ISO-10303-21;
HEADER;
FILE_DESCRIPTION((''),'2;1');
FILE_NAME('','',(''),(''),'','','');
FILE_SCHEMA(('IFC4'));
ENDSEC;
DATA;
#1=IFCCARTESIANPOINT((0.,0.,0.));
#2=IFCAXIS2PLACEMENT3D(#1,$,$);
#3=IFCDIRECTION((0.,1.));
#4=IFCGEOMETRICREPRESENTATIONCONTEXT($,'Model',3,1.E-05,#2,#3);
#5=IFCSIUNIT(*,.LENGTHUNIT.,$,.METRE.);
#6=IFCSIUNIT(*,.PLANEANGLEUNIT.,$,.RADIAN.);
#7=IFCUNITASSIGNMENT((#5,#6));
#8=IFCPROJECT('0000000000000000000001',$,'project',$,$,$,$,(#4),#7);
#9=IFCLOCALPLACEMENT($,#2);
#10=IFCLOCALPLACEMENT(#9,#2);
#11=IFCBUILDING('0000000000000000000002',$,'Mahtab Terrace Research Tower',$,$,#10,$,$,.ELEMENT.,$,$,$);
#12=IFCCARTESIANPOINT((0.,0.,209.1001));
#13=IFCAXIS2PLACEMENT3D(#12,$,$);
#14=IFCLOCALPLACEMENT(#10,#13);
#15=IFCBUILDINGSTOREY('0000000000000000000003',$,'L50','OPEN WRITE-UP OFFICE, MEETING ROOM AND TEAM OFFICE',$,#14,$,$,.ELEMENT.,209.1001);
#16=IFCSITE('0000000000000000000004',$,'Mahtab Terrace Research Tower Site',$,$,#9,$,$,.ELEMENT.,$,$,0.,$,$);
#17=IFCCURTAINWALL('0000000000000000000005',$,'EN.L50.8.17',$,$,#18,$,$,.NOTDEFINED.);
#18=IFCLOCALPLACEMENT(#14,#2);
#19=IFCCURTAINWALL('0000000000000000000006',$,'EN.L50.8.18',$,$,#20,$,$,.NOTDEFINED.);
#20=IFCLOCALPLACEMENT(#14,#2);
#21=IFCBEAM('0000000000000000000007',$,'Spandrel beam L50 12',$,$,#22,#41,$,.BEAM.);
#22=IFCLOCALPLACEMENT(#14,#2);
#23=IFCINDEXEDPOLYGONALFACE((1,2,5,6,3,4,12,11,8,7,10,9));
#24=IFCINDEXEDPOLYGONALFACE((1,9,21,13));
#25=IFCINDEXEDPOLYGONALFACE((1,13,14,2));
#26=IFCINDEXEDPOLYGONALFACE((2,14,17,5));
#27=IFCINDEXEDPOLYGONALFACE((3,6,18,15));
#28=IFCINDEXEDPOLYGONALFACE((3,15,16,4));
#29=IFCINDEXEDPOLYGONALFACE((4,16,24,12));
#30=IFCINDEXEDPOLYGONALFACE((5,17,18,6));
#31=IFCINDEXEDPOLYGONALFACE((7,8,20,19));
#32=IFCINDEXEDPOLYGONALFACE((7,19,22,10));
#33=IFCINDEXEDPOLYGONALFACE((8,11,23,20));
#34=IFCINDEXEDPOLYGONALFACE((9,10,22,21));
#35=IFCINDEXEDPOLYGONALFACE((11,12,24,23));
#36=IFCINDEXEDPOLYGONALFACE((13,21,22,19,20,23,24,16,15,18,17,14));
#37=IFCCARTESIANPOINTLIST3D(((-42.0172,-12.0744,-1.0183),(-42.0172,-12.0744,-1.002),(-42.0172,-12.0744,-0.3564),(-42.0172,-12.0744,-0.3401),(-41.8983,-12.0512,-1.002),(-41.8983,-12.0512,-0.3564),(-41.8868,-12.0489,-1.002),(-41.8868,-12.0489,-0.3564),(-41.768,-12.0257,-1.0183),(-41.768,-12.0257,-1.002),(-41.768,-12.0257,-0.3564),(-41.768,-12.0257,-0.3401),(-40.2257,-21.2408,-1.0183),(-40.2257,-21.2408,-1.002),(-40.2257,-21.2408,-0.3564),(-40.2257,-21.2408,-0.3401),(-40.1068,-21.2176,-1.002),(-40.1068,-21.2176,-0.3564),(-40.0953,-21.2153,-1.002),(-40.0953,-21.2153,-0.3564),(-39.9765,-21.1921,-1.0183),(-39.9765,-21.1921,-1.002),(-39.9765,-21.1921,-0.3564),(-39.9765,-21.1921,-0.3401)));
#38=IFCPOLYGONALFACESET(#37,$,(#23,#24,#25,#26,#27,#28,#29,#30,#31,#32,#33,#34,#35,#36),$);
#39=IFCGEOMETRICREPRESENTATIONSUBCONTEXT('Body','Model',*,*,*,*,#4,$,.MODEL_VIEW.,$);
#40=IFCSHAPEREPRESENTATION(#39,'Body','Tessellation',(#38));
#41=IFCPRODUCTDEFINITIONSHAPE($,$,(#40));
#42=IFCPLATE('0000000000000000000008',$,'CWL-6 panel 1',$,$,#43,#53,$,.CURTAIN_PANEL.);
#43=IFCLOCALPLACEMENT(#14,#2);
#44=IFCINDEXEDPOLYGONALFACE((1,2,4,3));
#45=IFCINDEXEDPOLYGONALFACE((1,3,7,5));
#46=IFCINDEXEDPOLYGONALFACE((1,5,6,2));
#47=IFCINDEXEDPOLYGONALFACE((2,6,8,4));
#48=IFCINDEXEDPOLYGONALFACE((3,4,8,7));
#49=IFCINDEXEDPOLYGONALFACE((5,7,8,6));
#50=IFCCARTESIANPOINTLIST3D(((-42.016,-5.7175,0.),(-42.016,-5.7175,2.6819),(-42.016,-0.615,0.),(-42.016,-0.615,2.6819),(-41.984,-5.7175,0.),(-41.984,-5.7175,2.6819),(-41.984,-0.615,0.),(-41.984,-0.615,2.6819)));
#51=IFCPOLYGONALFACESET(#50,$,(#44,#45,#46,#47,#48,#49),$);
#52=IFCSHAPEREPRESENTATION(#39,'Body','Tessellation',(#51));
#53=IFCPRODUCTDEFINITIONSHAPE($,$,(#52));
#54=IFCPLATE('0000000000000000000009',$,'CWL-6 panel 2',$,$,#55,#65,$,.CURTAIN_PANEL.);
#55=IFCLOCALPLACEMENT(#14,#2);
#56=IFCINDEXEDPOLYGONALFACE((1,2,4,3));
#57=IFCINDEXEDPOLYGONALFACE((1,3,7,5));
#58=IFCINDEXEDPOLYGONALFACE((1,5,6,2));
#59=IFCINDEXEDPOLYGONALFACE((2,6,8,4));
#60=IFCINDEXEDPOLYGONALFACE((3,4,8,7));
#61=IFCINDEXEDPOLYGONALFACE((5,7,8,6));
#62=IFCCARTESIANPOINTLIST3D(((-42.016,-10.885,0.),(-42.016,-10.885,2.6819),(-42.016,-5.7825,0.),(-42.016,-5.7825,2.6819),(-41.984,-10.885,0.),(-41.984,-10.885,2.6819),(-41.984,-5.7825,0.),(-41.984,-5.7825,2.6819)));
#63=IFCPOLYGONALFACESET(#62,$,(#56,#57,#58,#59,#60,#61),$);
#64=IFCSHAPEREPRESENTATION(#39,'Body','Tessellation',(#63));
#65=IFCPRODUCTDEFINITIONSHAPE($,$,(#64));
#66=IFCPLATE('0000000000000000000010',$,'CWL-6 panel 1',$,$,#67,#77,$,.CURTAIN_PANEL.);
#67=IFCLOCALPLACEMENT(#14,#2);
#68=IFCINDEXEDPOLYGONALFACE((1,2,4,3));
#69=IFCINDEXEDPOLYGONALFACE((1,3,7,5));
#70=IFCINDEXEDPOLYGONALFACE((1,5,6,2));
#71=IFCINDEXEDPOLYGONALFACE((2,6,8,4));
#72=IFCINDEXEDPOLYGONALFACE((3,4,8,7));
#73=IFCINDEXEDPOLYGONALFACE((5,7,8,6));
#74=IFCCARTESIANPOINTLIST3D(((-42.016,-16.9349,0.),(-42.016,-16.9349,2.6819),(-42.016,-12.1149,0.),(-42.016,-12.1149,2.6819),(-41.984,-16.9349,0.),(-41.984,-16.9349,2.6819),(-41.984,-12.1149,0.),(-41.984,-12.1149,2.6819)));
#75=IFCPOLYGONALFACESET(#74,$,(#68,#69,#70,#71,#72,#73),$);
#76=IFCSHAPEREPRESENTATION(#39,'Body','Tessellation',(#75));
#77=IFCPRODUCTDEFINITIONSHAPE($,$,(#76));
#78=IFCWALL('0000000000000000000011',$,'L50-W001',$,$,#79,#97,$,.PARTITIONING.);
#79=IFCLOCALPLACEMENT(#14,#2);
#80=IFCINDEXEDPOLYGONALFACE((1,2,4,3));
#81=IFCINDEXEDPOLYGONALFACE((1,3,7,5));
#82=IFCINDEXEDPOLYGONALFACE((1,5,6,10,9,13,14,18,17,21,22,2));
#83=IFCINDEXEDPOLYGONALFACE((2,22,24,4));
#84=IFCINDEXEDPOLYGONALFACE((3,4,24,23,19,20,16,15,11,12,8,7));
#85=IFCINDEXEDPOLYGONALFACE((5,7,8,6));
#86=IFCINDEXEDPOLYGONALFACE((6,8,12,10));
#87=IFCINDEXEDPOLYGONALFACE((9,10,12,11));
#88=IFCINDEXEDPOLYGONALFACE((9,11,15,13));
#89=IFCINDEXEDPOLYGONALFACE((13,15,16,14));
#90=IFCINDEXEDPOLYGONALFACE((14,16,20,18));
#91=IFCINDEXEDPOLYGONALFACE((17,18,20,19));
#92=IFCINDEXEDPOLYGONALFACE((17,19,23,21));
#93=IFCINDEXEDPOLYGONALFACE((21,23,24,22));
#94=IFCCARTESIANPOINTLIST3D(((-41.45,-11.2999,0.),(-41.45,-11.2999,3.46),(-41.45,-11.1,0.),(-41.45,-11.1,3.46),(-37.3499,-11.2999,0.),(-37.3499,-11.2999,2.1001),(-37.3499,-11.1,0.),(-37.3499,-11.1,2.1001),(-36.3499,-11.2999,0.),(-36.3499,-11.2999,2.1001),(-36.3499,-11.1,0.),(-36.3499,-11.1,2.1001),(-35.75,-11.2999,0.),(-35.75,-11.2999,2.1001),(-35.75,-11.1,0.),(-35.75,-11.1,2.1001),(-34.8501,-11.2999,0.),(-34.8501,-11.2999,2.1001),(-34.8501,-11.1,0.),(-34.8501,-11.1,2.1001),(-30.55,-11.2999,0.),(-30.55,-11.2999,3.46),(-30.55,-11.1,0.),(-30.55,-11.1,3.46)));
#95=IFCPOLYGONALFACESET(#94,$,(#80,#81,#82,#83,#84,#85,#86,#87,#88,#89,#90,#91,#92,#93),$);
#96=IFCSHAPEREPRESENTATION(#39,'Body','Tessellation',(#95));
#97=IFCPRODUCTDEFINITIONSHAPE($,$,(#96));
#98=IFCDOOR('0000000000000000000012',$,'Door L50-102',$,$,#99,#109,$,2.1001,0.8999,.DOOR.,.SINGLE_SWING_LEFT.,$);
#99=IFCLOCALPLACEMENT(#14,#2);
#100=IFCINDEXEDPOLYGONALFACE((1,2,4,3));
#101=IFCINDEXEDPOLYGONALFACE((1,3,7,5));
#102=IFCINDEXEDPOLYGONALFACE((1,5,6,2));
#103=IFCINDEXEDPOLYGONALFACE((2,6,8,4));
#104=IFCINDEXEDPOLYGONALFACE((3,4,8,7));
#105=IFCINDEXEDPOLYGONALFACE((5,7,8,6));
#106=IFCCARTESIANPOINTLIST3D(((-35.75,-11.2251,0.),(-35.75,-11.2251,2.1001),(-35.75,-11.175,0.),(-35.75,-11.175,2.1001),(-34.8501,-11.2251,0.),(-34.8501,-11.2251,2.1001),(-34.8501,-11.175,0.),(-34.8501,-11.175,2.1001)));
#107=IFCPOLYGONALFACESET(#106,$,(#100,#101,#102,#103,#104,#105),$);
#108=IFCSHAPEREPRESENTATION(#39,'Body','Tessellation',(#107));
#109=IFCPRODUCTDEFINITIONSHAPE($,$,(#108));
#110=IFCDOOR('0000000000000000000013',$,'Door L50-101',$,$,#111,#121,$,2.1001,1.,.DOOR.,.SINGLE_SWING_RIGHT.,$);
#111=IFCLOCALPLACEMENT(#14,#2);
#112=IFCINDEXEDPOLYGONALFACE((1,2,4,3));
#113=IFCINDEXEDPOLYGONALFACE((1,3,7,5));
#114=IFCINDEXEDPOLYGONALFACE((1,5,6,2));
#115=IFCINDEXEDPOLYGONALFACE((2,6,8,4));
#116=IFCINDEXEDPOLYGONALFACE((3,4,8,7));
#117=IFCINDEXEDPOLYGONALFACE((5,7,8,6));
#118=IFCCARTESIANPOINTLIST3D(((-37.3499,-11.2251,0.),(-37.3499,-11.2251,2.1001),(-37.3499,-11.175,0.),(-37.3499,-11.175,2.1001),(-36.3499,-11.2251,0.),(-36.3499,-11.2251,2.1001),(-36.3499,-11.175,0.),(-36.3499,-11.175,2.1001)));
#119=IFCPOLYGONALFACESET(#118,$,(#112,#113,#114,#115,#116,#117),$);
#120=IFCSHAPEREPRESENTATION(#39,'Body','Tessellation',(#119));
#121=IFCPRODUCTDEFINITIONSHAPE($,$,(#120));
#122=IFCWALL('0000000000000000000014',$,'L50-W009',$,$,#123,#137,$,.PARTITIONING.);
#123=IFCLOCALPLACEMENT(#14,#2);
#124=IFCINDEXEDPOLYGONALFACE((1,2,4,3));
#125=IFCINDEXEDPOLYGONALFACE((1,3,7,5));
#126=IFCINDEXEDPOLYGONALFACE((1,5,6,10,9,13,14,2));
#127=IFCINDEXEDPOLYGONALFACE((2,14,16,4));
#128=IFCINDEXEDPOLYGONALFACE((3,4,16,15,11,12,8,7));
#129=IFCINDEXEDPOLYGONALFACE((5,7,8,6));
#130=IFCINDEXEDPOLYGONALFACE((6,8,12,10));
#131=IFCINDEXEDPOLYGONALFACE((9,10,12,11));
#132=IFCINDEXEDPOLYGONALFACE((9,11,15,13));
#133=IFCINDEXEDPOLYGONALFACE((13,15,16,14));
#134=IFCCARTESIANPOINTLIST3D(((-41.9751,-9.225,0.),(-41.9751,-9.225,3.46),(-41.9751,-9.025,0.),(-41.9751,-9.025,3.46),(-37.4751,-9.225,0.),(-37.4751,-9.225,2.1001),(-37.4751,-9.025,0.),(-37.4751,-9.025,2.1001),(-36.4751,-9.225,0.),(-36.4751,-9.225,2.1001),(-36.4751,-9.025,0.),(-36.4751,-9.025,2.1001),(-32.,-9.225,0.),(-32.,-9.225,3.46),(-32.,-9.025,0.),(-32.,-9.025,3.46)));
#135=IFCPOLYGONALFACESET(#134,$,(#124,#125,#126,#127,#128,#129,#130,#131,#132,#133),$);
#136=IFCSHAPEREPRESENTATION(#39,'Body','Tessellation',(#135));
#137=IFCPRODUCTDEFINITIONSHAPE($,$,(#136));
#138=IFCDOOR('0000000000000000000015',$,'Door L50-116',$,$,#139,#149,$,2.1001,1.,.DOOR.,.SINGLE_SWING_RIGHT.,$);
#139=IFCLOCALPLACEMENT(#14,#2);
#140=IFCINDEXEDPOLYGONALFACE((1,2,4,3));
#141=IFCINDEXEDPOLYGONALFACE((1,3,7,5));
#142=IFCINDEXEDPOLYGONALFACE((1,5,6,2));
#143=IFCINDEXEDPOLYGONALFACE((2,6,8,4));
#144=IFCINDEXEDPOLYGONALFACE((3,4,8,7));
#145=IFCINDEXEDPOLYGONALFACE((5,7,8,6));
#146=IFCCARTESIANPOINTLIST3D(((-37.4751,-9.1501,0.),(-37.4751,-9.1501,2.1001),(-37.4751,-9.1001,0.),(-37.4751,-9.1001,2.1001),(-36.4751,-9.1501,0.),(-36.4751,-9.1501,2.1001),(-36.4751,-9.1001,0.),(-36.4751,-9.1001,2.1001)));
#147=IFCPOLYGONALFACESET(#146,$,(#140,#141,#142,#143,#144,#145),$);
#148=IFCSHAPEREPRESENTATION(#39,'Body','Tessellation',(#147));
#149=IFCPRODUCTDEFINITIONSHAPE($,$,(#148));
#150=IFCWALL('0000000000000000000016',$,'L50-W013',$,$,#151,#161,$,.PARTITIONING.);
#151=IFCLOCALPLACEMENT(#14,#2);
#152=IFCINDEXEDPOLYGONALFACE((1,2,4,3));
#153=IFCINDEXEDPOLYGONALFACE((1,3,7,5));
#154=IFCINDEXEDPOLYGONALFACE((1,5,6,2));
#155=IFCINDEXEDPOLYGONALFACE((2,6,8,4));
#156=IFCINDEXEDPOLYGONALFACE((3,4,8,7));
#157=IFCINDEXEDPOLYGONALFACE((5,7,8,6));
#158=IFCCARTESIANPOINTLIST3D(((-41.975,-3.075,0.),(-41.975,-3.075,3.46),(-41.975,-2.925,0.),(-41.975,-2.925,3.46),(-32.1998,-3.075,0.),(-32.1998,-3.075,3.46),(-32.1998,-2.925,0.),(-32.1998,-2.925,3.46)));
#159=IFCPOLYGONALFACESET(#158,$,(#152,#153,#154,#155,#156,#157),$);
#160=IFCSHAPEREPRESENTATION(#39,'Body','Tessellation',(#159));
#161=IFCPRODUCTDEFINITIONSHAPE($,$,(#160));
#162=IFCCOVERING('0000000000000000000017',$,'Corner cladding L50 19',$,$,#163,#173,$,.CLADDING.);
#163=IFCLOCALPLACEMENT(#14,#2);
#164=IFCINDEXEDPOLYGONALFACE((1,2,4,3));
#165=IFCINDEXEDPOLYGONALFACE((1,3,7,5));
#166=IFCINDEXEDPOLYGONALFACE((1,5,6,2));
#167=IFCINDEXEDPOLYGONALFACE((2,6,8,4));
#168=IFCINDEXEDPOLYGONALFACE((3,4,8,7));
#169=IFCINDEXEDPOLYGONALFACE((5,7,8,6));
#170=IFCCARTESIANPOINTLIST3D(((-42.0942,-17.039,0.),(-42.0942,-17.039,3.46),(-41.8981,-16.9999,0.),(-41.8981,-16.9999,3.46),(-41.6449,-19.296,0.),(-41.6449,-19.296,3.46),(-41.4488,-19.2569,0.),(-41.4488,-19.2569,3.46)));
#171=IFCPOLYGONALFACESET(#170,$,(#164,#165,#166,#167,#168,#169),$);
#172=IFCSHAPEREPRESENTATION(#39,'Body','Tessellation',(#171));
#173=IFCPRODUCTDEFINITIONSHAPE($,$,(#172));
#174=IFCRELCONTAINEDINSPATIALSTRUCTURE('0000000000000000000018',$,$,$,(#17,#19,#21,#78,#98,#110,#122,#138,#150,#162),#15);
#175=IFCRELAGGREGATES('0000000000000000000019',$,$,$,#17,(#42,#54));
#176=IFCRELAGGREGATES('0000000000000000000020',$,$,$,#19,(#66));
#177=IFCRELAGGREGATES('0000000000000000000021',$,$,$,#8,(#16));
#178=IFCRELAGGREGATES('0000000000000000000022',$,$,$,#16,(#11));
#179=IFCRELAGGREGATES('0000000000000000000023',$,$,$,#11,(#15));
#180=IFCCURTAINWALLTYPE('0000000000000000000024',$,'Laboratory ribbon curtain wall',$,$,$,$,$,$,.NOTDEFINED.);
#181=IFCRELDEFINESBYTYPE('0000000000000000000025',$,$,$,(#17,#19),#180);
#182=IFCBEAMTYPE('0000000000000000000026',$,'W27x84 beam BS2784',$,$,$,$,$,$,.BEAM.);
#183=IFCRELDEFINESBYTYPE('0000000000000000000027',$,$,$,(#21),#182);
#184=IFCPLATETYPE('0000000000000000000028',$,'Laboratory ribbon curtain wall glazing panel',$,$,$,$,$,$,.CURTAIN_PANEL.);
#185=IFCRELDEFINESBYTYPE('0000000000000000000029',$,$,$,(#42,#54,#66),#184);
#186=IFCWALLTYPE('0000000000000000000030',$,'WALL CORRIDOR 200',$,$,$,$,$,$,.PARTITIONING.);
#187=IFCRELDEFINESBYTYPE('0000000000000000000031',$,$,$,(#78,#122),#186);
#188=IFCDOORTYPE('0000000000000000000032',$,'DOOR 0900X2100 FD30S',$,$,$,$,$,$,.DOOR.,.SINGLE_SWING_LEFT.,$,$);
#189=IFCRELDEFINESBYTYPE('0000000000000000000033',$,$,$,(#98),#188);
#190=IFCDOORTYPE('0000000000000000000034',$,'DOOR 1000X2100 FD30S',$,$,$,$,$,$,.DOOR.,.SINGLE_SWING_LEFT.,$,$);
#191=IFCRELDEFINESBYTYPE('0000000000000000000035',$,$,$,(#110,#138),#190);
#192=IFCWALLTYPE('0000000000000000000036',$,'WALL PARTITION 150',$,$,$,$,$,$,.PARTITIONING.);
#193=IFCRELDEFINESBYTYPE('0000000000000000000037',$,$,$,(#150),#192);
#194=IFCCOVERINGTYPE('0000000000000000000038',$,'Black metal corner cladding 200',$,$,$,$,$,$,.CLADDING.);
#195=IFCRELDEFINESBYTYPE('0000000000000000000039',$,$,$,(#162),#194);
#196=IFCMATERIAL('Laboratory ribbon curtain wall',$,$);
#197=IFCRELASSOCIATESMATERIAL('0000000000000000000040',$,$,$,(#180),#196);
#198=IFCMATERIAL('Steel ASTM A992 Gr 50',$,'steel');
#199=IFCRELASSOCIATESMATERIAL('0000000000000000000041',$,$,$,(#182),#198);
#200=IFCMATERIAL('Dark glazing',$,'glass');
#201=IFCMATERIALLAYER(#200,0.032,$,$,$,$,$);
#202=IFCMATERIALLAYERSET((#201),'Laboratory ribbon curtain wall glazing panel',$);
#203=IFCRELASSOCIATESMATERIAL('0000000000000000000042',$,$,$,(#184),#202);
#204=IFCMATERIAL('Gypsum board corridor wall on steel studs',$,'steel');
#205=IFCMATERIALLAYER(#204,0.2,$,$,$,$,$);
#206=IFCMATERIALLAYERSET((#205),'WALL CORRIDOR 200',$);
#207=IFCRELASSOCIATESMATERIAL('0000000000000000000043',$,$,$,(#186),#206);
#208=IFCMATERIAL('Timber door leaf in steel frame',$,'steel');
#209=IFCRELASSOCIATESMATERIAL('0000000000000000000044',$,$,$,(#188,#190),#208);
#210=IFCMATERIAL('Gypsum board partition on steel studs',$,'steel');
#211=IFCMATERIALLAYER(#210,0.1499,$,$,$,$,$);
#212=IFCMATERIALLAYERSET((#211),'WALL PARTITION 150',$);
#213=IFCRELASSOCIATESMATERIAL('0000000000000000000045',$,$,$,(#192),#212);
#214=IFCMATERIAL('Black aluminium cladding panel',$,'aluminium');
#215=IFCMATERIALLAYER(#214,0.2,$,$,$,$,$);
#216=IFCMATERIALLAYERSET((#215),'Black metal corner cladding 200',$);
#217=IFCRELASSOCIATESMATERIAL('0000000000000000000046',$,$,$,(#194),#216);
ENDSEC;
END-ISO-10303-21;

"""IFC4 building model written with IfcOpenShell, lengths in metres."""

from ifc_helpers import new_model, si_unit, direction, frame, frame_2d, origin, origin_2d, place, context, subcontext, project, spatial, rectangle, i_section, extrude, material, layer, layer_set, material_profile, profile_set, type_object, element, fill, aggregate, save


model = new_model("IFC4")

# Units and contexts
model_context = context("Model", 3, precision=1e-05, world=origin(), true_north=direction((0.0, 1.0)))
body_context = subcontext(model_context, "Body", "Model", "MODEL_VIEW")
ifc_project = project(units=[si_unit("LENGTHUNIT", "METRE"), si_unit("PLANEANGLEUNIT", "RADIAN")], contexts=[model_context])

# Site, building, storey
site_placement = place(None, origin())
site = spatial("IfcSite", under=ifc_project, at=site_placement, Name="Mahtab Terrace Research Tower Site", CompositionType="ELEMENT", RefElevation=0.0)
building_placement = place(site_placement, origin())
building = spatial("IfcBuilding", under=site, at=building_placement, Name="Mahtab Terrace Research Tower", CompositionType="ELEMENT")
storey_placement = place(building_placement, frame((0.0, 0.0, 209.1001)))
storey = spatial("IfcBuildingStorey", under=building, at=storey_placement, Name="L50", Description="OPEN WRITE-UP OFFICE, MEETING ROOM AND TEAM OFFICE", CompositionType="ELEMENT", Elevation=209.1001)

# Shared definitions
ifc_material_1 = material(Name="Steel ASTM A992 Gr 50", Category="steel")

# Curtain walls
ifc_material_2 = material(Name="Laboratory ribbon curtain wall")
curtain_wall_type = type_object("IfcCurtainWallType", Name="Laboratory ribbon curtain wall", PredefinedType="NOTDEFINED", material=ifc_material_2)
curtain_wall_1_placement = place(storey_placement, origin())
curtain_wall_1 = element("IfcCurtainWall", 1, at=curtain_wall_1_placement, inside=storey, type_object=curtain_wall_type, Name="EN.L50.8.17", PredefinedType="NOTDEFINED")
curtain_wall_2_placement = place(storey_placement, origin())
curtain_wall_2 = element("IfcCurtainWall", 2, at=curtain_wall_2_placement, inside=storey, type_object=curtain_wall_type, Name="EN.L50.8.18", PredefinedType="NOTDEFINED")

# Beam
ifc_material_profile_1 = material_profile(ifc_material_1, i_section(OverallWidth=0.2539, OverallDepth=0.6782, WebThickness=0.0117, FlangeThickness=0.0164, at=origin_2d()), Name="W27X84")
ifc_profile_set_1 = profile_set([ifc_material_profile_1], Name="Steel ASTM A992 Gr 50")
beam_type = type_object("IfcBeamType", Name="W27x84 beam BS2784", PredefinedType="BEAM", material=ifc_profile_set_1)
beam_1_placement = place(storey_placement, frame((-41.8926, -12.05, -0.6792), z_axis=(0.191811, -0.981432, 0.0), x_axis=(0.981432, 0.191811, 0.0)))
element("IfcBeam", 3, at=beam_1_placement, inside=storey, type_object=beam_type, Name="Spandrel beam L50 12", PredefinedType="BEAM", context=body_context, shape_type="SweptSolid", body=[
    extrude(i_section(OverallWidth=0.2539, OverallDepth=0.6782, WebThickness=0.0117, FlangeThickness=0.0164, at=origin_2d()), origin(), (0.0, 0.0, 1.0), 9.3398),
])

# Plates
ifc_material_3 = material(Name="Dark glazing", Category="glass")
ifc_layer_1 = layer(ifc_material_3, 0.032)
ifc_layer_set_1 = layer_set([ifc_layer_1], Name="Laboratory ribbon curtain wall glazing panel")
plate_type = type_object("IfcPlateType", Name="Laboratory ribbon curtain wall glazing panel", PredefinedType="CURTAIN_PANEL", material=ifc_layer_set_1)
plate_1_placement = place(storey_placement, frame((-42.0, -3.1663, 0.0), z_axis=(0.0, 0.0, 1.0), x_axis=(0.0, -1.0, 0.0)))
plate_1 = element("IfcPlate", 4, at=plate_1_placement, type_object=plate_type, Name="CWL-6 panel 1", PredefinedType="CURTAIN_PANEL", context=body_context, shape_type="SweptSolid", body=[
    extrude(rectangle(XDim=5.1025, YDim=0.032, at=origin_2d()), origin(), (0.0, 0.0, 1.0), 2.6819),
])
plate_2_placement = place(storey_placement, frame((-42.0, -8.3337, 0.0), z_axis=(0.0, 0.0, 1.0), x_axis=(0.0, -1.0, 0.0)))
plate_2 = element("IfcPlate", 5, at=plate_2_placement, type_object=plate_type, Name="CWL-6 panel 2", PredefinedType="CURTAIN_PANEL", context=body_context, shape_type="SweptSolid", body=[
    extrude(rectangle(XDim=5.1025, YDim=0.032, at=origin_2d()), origin(), (0.0, 0.0, 1.0), 2.6819),
])
aggregate(curtain_wall_1, [plate_1, plate_2])
plate_3_placement = place(storey_placement, frame((-42.0, -14.5249, 0.0), z_axis=(0.0, 0.0, 1.0), x_axis=(0.0, -1.0, 0.0)))
plate_3 = element("IfcPlate", 6, at=plate_3_placement, type_object=plate_type, Name="CWL-6 panel 1", PredefinedType="CURTAIN_PANEL", context=body_context, shape_type="SweptSolid", body=[
    extrude(rectangle(XDim=4.8201, YDim=0.032, at=origin_2d()), origin(), (0.0, 0.0, 1.0), 2.6819),
])
aggregate(curtain_wall_2, [plate_3])

# Wall, openings, doors
ifc_material_4 = material(Name="Gypsum board corridor wall on steel studs", Category="steel")
ifc_layer_2 = layer(ifc_material_4, 0.2)
ifc_layer_set_2 = layer_set([ifc_layer_2], Name="WALL CORRIDOR 200")
wall_type_1 = type_object("IfcWallType", Name="WALL CORRIDOR 200", PredefinedType="PARTITIONING", material=ifc_layer_set_2)
wall_1_placement = place(storey_placement, frame((-41.45, -11.2, 0.0), z_axis=(0.0, 0.0, 1.0), x_axis=(1.0, 0.0, 0.0)))
wall_1 = element("IfcWall", 7, at=wall_1_placement, inside=storey, type_object=wall_type_1, Name="L50-W001", PredefinedType="PARTITIONING", context=body_context, shape_type="SweptSolid", body=[
    extrude(rectangle(XDim=10.8999, YDim=0.2, at=frame_2d((5.45, 0.0))), origin(), (0.0, 0.0, 1.0), 3.46),
])
opening_1_placement = place(wall_1_placement, frame((4.1001, 0.0, 0.0)))
opening_1 = element("IfcOpeningElement", 8, at=opening_1_placement, cuts=wall_1, PredefinedType="OPENING", context=body_context, shape_type="SweptSolid", body=[
    extrude(rectangle(XDim=1.0, YDim=2.1001, at=frame_2d((0.5, 1.05))), frame((0.0, 0.1099, 0.0), z_axis=(0.0, -1.0, 0.0), x_axis=(1.0, 0.0, 0.0)), (0.0, 0.0, 1.0), 0.22),
])
opening_2_placement = place(wall_1_placement, frame((5.7, 0.0, 0.0)))
opening_2 = element("IfcOpeningElement", 9, at=opening_2_placement, cuts=wall_1, PredefinedType="OPENING", context=body_context, shape_type="SweptSolid", body=[
    extrude(rectangle(XDim=0.8999, YDim=2.1001, at=frame_2d((0.45, 1.05))), frame((0.0, 0.1099, 0.0), z_axis=(0.0, -1.0, 0.0), x_axis=(1.0, 0.0, 0.0)), (0.0, 0.0, 1.0), 0.22),
])
ifc_material_5 = material(Name="Timber door leaf in steel frame", Category="steel")
door_type_1 = type_object("IfcDoorType", Name="DOOR 0900X2100 FD30S", OperationType="SINGLE_SWING_LEFT", PredefinedType="DOOR", material=ifc_material_5)
door_1_placement = place(opening_2_placement, origin())
door_1 = element("IfcDoor", 10, at=door_1_placement, inside=storey, type_object=door_type_1, Name="Door L50-102", OperationType="SINGLE_SWING_LEFT", OverallHeight=2.1001, OverallWidth=0.8999, PredefinedType="DOOR", context=body_context, shape_type="SweptSolid", body=[
    extrude(rectangle(XDim=0.8999, YDim=2.1001, at=frame_2d((0.45, 1.05))), frame((0.0, 0.0249, 0.0), z_axis=(0.0, -1.0, 0.0), x_axis=(1.0, 0.0, 0.0)), (0.0, 0.0, 1.0), 0.05),
])
fill(opening_2, door_1)
door_type_2 = type_object("IfcDoorType", Name="DOOR 1000X2100 FD30S", OperationType="SINGLE_SWING_LEFT", PredefinedType="DOOR", material=ifc_material_5)
door_2_placement = place(opening_1_placement, origin())
door_2 = element("IfcDoor", 11, at=door_2_placement, inside=storey, type_object=door_type_2, Name="Door L50-101", OperationType="SINGLE_SWING_RIGHT", OverallHeight=2.1001, OverallWidth=1.0, PredefinedType="DOOR", context=body_context, shape_type="SweptSolid", body=[
    extrude(rectangle(XDim=1.0, YDim=2.1001, at=frame_2d((0.5, 1.05))), frame((0.0, 0.0249, 0.0), z_axis=(0.0, -1.0, 0.0), x_axis=(1.0, 0.0, 0.0)), (0.0, 0.0, 1.0), 0.05),
])
fill(opening_1, door_2)

# Wall, opening, door
wall_2_placement = place(storey_placement, frame((-41.9751, -9.125, 0.0), z_axis=(0.0, 0.0, 1.0), x_axis=(1.0, 0.0, 0.0)))
wall_2 = element("IfcWall", 12, at=wall_2_placement, inside=storey, type_object=wall_type_1, Name="L50-W009", PredefinedType="PARTITIONING", context=body_context, shape_type="SweptSolid", body=[
    extrude(rectangle(XDim=9.9751, YDim=0.2, at=frame_2d((4.9875, 0.0))), origin(), (0.0, 0.0, 1.0), 3.46),
])
opening_3_placement = place(wall_2_placement, frame((4.5, 0.0, 0.0)))
opening_3 = element("IfcOpeningElement", 13, at=opening_3_placement, cuts=wall_2, PredefinedType="OPENING", context=body_context, shape_type="SweptSolid", body=[
    extrude(rectangle(XDim=1.0, YDim=2.1001, at=frame_2d((0.5, 1.05))), frame((0.0, 0.1099, 0.0), z_axis=(0.0, -1.0, 0.0), x_axis=(1.0, 0.0, 0.0)), (0.0, 0.0, 1.0), 0.22),
])
door_3_placement = place(opening_3_placement, origin())
door_3 = element("IfcDoor", 14, at=door_3_placement, inside=storey, type_object=door_type_2, Name="Door L50-116", OperationType="SINGLE_SWING_RIGHT", OverallHeight=2.1001, OverallWidth=1.0, PredefinedType="DOOR", context=body_context, shape_type="SweptSolid", body=[
    extrude(rectangle(XDim=1.0, YDim=2.1001, at=frame_2d((0.5, 1.05))), frame((0.0, 0.0249, 0.0), z_axis=(0.0, -1.0, 0.0), x_axis=(1.0, 0.0, 0.0)), (0.0, 0.0, 1.0), 0.05),
])
fill(opening_3, door_3)

# Wall
ifc_material_6 = material(Name="Gypsum board partition on steel studs", Category="steel")
ifc_layer_3 = layer(ifc_material_6, 0.1499)
ifc_layer_set_3 = layer_set([ifc_layer_3], Name="WALL PARTITION 150")
wall_type_2 = type_object("IfcWallType", Name="WALL PARTITION 150", PredefinedType="PARTITIONING", material=ifc_layer_set_3)
wall_3_placement = place(storey_placement, frame((-41.9751, -3.0, 0.0), z_axis=(0.0, 0.0, 1.0), x_axis=(1.0, 0.0, 0.0)))
element("IfcWall", 15, at=wall_3_placement, inside=storey, type_object=wall_type_2, Name="L50-W013", PredefinedType="PARTITIONING", context=body_context, shape_type="SweptSolid", body=[
    extrude(rectangle(XDim=9.7751, YDim=0.1499, at=frame_2d((4.8877, 0.0))), origin(), (0.0, 0.0, 1.0), 3.46),
])

# Covering
ifc_material_7 = material(Name="Black aluminium cladding panel", Category="aluminium")
ifc_layer_4 = layer(ifc_material_7, 0.2)
ifc_layer_set_4 = layer_set([ifc_layer_4], Name="Black metal corner cladding 200")
covering_type_1 = type_object("IfcCoveringType", Name="Black metal corner cladding 200", PredefinedType="CLADDING", material=ifc_layer_set_4)
for number, where, z_axis, x_axis, name in (
    (16, (-41.7715, -18.1479, 0.0), (0.0, 0.0, 1.0), (0.195212, -0.980761, 0.0), "Corner cladding L50 19"),
):
    element("IfcCovering", number, at=place(storey_placement, frame(where, z_axis=z_axis, x_axis=x_axis)), inside=storey, type_object=covering_type_1, Name=name, PredefinedType="CLADDING", context=body_context, shape_type="SweptSolid", body=[
        extrude(rectangle(XDim=2.3013, YDim=0.2, at=origin_2d()), origin(), (0.0, 0.0, 1.0), 3.46),
    ])

save(model, "model.ifc")
